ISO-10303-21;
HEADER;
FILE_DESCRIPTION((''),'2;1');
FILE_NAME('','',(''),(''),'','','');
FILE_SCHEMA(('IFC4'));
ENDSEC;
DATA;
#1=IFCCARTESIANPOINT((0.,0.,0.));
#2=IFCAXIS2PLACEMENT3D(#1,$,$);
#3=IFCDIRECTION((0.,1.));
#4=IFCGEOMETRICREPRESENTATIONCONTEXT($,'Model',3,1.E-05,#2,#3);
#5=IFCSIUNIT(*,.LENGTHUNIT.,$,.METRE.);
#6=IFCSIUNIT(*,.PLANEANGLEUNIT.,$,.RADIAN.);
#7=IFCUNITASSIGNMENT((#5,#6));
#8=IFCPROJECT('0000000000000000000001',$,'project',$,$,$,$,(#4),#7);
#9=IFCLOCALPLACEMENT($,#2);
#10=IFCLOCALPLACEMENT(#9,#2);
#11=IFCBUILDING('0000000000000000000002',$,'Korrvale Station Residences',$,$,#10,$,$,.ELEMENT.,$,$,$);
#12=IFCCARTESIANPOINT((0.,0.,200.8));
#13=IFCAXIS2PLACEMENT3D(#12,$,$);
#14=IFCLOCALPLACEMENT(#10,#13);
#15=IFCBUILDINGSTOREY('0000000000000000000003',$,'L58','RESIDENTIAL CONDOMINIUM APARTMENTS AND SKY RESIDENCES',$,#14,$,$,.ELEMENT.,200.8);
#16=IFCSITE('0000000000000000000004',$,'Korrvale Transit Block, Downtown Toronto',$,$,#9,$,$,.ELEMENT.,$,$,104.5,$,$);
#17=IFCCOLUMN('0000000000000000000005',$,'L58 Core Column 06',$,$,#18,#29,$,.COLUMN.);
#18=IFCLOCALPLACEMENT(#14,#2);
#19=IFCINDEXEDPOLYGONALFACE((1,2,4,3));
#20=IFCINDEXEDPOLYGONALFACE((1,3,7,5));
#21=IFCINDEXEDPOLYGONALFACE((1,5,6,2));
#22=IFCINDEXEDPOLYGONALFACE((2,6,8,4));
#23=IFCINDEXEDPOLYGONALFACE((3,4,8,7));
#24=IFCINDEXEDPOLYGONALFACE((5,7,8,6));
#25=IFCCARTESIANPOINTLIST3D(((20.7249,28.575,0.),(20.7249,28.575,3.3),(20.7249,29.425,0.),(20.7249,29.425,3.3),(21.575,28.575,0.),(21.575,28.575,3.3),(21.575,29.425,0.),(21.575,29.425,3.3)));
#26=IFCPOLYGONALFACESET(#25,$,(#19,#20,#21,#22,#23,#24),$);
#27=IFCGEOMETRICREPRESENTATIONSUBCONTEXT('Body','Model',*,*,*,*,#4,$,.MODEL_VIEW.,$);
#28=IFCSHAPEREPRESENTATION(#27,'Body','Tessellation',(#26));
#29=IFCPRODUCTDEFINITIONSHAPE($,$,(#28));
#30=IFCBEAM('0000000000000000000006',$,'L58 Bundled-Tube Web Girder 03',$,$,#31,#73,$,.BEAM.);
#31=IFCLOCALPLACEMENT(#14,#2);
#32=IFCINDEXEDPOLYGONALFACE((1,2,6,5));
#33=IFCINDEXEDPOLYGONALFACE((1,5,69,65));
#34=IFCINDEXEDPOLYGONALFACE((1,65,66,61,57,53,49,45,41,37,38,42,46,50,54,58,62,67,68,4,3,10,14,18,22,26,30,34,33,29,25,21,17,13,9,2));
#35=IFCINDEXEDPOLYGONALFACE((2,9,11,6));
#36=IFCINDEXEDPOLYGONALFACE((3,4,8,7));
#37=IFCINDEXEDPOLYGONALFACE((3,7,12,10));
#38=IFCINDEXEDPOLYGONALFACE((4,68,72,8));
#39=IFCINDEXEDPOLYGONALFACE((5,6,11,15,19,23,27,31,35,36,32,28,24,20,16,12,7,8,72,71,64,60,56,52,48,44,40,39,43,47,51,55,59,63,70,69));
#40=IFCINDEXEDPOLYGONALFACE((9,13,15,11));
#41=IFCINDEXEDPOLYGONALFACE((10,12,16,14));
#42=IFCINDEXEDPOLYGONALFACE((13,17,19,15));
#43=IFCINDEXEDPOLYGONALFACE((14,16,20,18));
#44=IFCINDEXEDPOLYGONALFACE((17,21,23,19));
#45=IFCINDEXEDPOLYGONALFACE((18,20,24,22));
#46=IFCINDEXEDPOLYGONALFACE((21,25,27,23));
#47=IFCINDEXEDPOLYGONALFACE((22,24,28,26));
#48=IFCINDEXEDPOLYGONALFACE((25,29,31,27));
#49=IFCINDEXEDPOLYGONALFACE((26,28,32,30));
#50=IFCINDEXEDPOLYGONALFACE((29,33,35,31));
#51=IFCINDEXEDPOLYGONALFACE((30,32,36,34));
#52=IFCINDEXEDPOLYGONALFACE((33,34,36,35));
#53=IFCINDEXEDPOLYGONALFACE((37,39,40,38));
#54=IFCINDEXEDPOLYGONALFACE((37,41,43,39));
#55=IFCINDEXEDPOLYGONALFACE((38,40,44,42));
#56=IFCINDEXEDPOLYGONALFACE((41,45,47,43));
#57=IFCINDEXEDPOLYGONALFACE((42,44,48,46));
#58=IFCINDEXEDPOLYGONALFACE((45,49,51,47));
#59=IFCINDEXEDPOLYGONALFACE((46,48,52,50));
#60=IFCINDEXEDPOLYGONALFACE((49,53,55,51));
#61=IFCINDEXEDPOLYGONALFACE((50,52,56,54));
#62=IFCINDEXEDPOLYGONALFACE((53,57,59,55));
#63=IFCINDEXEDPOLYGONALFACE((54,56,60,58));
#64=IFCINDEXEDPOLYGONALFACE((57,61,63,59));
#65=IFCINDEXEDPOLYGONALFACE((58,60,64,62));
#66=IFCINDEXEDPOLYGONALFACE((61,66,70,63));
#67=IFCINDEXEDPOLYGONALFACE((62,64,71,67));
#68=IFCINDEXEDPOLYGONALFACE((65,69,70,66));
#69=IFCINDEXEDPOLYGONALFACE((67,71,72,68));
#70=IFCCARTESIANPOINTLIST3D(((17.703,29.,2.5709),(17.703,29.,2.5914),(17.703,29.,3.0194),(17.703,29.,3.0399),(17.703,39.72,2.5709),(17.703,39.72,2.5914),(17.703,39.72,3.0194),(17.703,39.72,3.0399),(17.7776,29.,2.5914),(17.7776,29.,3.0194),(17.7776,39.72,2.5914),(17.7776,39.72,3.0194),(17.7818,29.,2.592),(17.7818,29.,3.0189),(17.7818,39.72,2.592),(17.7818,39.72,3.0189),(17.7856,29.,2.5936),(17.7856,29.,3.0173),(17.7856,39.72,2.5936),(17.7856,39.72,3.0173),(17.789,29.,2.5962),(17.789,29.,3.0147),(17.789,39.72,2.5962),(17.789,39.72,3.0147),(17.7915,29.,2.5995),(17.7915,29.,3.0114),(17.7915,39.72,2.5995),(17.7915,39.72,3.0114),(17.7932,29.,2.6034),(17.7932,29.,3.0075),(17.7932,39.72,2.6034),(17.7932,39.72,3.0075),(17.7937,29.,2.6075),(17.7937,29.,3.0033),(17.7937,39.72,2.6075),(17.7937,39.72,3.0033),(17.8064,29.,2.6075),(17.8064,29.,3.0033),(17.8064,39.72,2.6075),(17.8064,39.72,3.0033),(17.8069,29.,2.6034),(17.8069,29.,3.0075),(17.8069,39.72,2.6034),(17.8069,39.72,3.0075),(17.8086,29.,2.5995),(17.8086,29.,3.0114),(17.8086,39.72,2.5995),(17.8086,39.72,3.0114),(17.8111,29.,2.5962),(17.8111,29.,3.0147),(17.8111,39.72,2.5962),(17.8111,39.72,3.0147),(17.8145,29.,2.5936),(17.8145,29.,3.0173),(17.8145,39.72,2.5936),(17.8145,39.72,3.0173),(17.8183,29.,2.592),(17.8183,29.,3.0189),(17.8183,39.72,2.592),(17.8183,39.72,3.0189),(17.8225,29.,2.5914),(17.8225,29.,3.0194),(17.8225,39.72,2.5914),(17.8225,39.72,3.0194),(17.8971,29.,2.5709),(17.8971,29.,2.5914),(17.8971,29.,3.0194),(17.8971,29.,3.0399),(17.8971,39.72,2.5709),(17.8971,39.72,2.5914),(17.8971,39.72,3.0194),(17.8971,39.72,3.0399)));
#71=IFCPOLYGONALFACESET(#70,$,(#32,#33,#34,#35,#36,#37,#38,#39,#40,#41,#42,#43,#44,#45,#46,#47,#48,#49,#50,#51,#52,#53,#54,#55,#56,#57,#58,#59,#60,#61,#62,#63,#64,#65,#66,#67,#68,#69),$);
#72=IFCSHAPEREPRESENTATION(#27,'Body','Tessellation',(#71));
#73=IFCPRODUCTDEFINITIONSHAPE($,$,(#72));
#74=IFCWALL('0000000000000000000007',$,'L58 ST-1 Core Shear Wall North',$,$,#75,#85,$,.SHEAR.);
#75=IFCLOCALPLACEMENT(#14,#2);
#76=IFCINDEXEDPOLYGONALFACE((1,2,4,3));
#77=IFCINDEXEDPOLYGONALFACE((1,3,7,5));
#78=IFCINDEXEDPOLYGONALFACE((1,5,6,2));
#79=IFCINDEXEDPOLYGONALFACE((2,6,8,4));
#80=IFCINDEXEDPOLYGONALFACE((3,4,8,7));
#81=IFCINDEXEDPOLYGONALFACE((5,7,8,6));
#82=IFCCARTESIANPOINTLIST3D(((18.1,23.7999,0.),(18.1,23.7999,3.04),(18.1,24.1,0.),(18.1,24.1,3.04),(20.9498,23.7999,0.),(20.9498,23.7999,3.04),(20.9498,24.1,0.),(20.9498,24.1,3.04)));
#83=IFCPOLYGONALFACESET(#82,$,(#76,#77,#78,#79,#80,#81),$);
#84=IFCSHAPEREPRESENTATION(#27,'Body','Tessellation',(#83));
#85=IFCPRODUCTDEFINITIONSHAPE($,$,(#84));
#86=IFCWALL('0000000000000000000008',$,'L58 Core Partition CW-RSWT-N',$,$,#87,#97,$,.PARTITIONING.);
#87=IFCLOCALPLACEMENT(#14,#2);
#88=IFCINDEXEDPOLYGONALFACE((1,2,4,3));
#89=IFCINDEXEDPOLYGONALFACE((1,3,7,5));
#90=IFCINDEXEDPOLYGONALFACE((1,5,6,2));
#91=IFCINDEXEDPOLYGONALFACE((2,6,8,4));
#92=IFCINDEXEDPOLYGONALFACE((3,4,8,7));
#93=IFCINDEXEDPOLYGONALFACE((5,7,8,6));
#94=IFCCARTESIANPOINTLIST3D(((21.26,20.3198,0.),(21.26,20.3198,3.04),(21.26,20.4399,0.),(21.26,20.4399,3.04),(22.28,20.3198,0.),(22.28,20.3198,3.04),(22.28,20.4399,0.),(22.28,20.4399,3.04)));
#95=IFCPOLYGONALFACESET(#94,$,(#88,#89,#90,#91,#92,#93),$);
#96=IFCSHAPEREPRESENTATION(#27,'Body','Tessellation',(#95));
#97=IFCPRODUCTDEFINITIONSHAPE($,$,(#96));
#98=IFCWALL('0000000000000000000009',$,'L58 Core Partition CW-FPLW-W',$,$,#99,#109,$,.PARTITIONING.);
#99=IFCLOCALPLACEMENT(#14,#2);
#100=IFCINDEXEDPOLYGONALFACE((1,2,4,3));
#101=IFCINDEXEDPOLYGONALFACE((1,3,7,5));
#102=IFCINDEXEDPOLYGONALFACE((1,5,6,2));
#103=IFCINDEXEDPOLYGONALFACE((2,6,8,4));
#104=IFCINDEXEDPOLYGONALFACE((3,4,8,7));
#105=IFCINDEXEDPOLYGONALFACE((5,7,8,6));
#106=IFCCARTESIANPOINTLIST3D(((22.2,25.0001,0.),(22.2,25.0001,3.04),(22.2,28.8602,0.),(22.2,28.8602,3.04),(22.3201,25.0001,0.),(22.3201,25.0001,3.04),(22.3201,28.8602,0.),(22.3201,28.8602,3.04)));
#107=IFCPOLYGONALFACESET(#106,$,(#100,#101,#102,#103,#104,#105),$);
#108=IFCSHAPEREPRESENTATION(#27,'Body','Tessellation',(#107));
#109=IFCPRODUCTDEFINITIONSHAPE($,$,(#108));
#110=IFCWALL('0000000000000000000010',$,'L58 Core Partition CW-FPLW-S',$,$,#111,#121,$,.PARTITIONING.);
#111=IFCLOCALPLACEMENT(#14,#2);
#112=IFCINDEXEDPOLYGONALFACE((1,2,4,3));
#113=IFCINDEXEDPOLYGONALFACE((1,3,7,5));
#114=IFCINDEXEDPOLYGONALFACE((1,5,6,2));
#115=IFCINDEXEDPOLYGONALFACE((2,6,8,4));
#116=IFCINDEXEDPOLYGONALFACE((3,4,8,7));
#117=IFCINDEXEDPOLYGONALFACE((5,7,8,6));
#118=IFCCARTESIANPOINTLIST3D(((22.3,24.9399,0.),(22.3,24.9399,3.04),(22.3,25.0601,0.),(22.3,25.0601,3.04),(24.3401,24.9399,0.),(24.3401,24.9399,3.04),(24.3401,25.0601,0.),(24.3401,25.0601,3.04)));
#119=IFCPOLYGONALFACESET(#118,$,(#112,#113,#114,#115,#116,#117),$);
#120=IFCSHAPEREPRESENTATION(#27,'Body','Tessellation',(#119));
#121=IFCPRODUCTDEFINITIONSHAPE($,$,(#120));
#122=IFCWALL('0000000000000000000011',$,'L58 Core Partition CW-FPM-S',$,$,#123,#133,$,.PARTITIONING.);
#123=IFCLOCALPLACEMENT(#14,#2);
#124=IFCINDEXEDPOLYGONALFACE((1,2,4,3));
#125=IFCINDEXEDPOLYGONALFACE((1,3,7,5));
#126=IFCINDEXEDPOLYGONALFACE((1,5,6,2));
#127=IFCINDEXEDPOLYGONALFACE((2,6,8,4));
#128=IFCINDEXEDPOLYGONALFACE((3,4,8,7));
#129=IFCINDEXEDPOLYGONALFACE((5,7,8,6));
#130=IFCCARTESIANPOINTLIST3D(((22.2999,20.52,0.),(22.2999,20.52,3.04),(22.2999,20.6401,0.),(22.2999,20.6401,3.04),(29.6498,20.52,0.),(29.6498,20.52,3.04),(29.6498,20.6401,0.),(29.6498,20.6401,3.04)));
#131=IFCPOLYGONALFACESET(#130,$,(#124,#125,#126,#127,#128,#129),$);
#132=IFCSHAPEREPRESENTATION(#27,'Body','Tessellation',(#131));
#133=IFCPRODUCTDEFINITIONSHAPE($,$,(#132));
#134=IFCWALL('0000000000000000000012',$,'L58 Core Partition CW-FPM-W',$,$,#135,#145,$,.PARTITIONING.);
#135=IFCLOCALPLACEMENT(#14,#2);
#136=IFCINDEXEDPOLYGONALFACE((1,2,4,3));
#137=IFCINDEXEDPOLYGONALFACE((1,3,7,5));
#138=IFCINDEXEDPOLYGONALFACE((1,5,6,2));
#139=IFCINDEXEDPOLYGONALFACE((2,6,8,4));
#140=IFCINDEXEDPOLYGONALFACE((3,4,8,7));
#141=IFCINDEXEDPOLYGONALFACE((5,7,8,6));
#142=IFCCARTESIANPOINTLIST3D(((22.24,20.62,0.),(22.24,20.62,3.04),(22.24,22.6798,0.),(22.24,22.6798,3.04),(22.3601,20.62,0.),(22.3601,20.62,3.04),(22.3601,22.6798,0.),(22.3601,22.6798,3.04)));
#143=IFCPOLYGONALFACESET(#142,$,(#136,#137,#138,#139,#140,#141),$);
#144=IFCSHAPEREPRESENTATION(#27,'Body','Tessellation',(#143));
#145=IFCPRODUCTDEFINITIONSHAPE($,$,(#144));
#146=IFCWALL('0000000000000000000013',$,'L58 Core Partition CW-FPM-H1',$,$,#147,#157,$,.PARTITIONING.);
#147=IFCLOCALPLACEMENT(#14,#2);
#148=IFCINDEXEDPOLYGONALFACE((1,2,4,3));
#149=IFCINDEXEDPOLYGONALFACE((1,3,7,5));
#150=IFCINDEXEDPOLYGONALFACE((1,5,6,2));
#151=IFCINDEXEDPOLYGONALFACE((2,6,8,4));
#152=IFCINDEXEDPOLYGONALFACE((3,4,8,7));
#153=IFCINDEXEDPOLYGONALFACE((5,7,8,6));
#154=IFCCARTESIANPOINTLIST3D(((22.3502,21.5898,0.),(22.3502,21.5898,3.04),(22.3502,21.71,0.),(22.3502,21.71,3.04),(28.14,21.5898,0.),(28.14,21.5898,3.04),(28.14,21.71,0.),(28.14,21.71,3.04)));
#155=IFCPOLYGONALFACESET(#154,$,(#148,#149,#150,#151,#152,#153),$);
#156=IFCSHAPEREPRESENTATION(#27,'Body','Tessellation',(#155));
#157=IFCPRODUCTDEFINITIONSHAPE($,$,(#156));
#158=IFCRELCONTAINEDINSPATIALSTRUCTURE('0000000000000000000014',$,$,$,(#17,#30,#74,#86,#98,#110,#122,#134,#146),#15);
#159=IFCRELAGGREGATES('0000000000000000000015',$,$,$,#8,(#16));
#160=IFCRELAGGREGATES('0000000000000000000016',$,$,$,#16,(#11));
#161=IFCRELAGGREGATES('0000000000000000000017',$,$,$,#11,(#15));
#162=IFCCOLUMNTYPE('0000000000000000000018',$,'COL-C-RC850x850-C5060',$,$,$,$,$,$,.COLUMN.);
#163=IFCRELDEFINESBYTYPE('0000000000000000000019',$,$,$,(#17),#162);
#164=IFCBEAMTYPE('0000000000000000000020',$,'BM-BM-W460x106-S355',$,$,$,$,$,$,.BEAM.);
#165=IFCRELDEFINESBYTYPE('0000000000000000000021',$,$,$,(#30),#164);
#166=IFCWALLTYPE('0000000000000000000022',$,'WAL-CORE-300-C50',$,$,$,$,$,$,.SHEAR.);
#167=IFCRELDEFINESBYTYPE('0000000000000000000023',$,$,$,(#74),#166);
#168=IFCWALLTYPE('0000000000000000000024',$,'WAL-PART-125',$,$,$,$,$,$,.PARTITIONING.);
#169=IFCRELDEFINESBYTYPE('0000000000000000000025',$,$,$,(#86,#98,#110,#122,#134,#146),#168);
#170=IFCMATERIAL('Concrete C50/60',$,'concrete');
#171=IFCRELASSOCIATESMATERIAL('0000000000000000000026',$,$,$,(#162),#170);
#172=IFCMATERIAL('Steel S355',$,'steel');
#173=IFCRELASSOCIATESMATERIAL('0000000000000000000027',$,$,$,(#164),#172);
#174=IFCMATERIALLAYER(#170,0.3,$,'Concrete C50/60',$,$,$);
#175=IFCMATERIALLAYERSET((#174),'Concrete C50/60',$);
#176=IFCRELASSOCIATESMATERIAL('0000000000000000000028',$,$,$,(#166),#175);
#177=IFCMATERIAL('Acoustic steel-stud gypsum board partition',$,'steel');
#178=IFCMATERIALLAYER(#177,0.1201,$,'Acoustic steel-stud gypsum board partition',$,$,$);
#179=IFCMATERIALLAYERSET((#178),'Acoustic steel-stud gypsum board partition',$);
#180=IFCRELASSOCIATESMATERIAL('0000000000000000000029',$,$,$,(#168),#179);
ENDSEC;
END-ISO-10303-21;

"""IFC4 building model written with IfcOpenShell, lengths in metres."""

from ifc_helpers import new_model, si_unit, direction, frame, frame_2d, origin, origin_2d, place, context, subcontext, project, spatial, rectangle, i_section, extrude, material, layer, layer_set, material_profile, profile_set, type_object, element, save


model = new_model("IFC4")

# Units and contexts
model_context = context("Model", 3, precision=1e-05, world=origin(), true_north=direction((0.0, 1.0)))
body_context = subcontext(model_context, "Body", "Model", "MODEL_VIEW")
ifc_project = project(units=[si_unit("LENGTHUNIT", "METRE"), si_unit("PLANEANGLEUNIT", "RADIAN")], contexts=[model_context])

# Site, building, storey
site_placement = place(None, origin())
site = spatial("IfcSite", under=ifc_project, at=site_placement, Name="Korrvale Transit Block, Downtown Toronto", CompositionType="ELEMENT", RefElevation=104.5)
building_placement = place(site_placement, origin())
building = spatial("IfcBuilding", under=site, at=building_placement, Name="Korrvale Station Residences", CompositionType="ELEMENT")
storey_placement = place(building_placement, frame((0.0, 0.0, 200.8)))
storey = spatial("IfcBuildingStorey", under=building, at=storey_placement, Name="L58", Description="RESIDENTIAL CONDOMINIUM APARTMENTS AND SKY RESIDENCES", CompositionType="ELEMENT", Elevation=200.8)

# Column
ifc_material_1 = material(Name="Concrete C50/60", Category="concrete")
ifc_material_profile_1 = material_profile(ifc_material_1, rectangle(XDim=0.8501, YDim=0.8501, at=origin_2d()), Name="RC850x850")
ifc_profile_set_1 = profile_set([ifc_material_profile_1], Name="Concrete C50/60")
column_type = type_object("IfcColumnType", Name="COL-C-RC850x850-C5060", PredefinedType="COLUMN", material=ifc_profile_set_1)
column_placement = place(storey_placement, frame((21.1499, 29.0, 0.0), z_axis=(0.0, 0.0, 1.0), x_axis=(1.0, 0.0, 0.0)))
element("IfcColumn", 1, at=column_placement, inside=storey, type_object=column_type, Name="L58 Core Column 06", PredefinedType="COLUMN", context=body_context, shape_type="SweptSolid", body=[
    extrude(rectangle(XDim=0.8501, YDim=0.8501, at=origin_2d()), origin(), (0.0, 0.0, 1.0), 3.3),
])

# Beam
ifc_material_2 = material(Name="Steel S355", Category="steel")
ifc_material_profile_2 = material_profile(ifc_material_2, i_section(OverallWidth=0.1941, OverallDepth=0.469, WebThickness=0.0127, FlangeThickness=0.0205, FilletRadius=0.0161, at=origin_2d()), Name="W460x106")
ifc_profile_set_2 = profile_set([ifc_material_profile_2], Name="Steel S355")
beam_type = type_object("IfcBeamType", Name="BM-BM-W460x106-S355", PredefinedType="BEAM", material=ifc_profile_set_2)
beam_placement = place(storey_placement, frame((17.8, 29.0, 2.8054), z_axis=(0.0, 1.0, 0.0), x_axis=(-1.0, 0.0, 0.0)))
element("IfcBeam", 2, at=beam_placement, inside=storey, type_object=beam_type, Name="L58 Bundled-Tube Web Girder 03", PredefinedType="BEAM", context=body_context, shape_type="SweptSolid", body=[
    extrude(i_section(OverallWidth=0.1941, OverallDepth=0.469, WebThickness=0.0127, FlangeThickness=0.0205, FilletRadius=0.0161, at=origin_2d()), origin(), (0.0, 0.0, 1.0), 10.72),
])

# Walls
ifc_layer_1 = layer(ifc_material_1, 0.3, Name="Concrete C50/60")
ifc_layer_set_1 = layer_set([ifc_layer_1], Name="Concrete C50/60")
wall_type_1 = type_object("IfcWallType", Name="WAL-CORE-300-C50", PredefinedType="SHEAR", material=ifc_layer_set_1)
wall_1_placement = place(storey_placement, frame((18.1001, 23.95, 0.0), z_axis=(0.0, 0.0, 1.0), x_axis=(1.0, 0.0, 0.0)))
element("IfcWall", 3, at=wall_1_placement, inside=storey, type_object=wall_type_1, Name="L58 ST-1 Core Shear Wall North", PredefinedType="SHEAR", context=body_context, shape_type="SweptSolid", body=[
    extrude(rectangle(XDim=2.8499, YDim=0.3, at=frame_2d((1.4248, 0.0))), origin(), (0.0, 0.0, 1.0), 3.04),
])
ifc_material_3 = material(Name="Acoustic steel-stud gypsum board partition", Category="steel")
ifc_layer_2 = layer(ifc_material_3, 0.1201, Name="Acoustic steel-stud gypsum board partition")
ifc_layer_set_2 = layer_set([ifc_layer_2], Name="Acoustic steel-stud gypsum board partition")
wall_type_2 = type_object("IfcWallType", Name="WAL-PART-125", PredefinedType="PARTITIONING", material=ifc_layer_set_2)
wall_2_placement = place(storey_placement, frame((22.28, 20.3799, 0.0), z_axis=(0.0, 0.0, 1.0), x_axis=(-1.0, 0.0, 0.0)))
element("IfcWall", 4, at=wall_2_placement, inside=storey, type_object=wall_type_2, Name="L58 Core Partition CW-RSWT-N", PredefinedType="PARTITIONING", context=body_context, shape_type="SweptSolid", body=[
    extrude(rectangle(XDim=1.02, YDim=0.1201, at=frame_2d((0.51, 0.0))), origin(), (0.0, 0.0, 1.0), 3.04),
])
wall_3_placement = place(storey_placement, frame((22.26, 25.0, 0.0), z_axis=(0.0, 0.0, 1.0), x_axis=(0.0, 1.0, 0.0)))
element("IfcWall", 5, at=wall_3_placement, inside=storey, type_object=wall_type_2, Name="L58 Core Partition CW-FPLW-W", PredefinedType="PARTITIONING", context=body_context, shape_type="SweptSolid", body=[
    extrude(rectangle(XDim=3.8601, YDim=0.1201, at=frame_2d((1.9302, 0.0))), origin(), (0.0, 0.0, 1.0), 3.04),
])
wall_4_placement = place(storey_placement, frame((22.3, 25.0, 0.0), z_axis=(0.0, 0.0, 1.0), x_axis=(1.0, 0.0, 0.0)))
element("IfcWall", 6, at=wall_4_placement, inside=storey, type_object=wall_type_2, Name="L58 Core Partition CW-FPLW-S", PredefinedType="PARTITIONING", context=body_context, shape_type="SweptSolid", body=[
    extrude(rectangle(XDim=2.04, YDim=0.1201, at=frame_2d((1.02, 0.0))), origin(), (0.0, 0.0, 1.0), 3.04),
])
wall_5_placement = place(storey_placement, frame((22.3, 20.5801, 0.0), z_axis=(0.0, 0.0, 1.0), x_axis=(1.0, 0.0, 0.0)))
element("IfcWall", 7, at=wall_5_placement, inside=storey, type_object=wall_type_2, Name="L58 Core Partition CW-FPM-S", PredefinedType="PARTITIONING", context=body_context, shape_type="SweptSolid", body=[
    extrude(rectangle(XDim=7.3499, YDim=0.1201, at=frame_2d((3.6748, 0.0))), origin(), (0.0, 0.0, 1.0), 3.04),
])
wall_6_placement = place(storey_placement, frame((22.3, 20.6201, 0.0), z_axis=(0.0, 0.0, 1.0), x_axis=(0.0, 1.0, 0.0)))
element("IfcWall", 8, at=wall_6_placement, inside=storey, type_object=wall_type_2, Name="L58 Core Partition CW-FPM-W", PredefinedType="PARTITIONING", context=body_context, shape_type="SweptSolid", body=[
    extrude(rectangle(XDim=2.0598, YDim=0.1201, at=frame_2d((1.0298, 0.0))), origin(), (0.0, 0.0, 1.0), 3.04),
])
wall_7_placement = place(storey_placement, frame((22.3501, 21.6499, 0.0), z_axis=(0.0, 0.0, 1.0), x_axis=(1.0, 0.0, 0.0)))
element("IfcWall", 9, at=wall_7_placement, inside=storey, type_object=wall_type_2, Name="L58 Core Partition CW-FPM-H1", PredefinedType="PARTITIONING", context=body_context, shape_type="SweptSolid", body=[
    extrude(rectangle(XDim=5.7898, YDim=0.1201, at=frame_2d((2.895, 0.0))), origin(), (0.0, 0.0, 1.0), 3.04),
])

save(model, "model.ifc")
